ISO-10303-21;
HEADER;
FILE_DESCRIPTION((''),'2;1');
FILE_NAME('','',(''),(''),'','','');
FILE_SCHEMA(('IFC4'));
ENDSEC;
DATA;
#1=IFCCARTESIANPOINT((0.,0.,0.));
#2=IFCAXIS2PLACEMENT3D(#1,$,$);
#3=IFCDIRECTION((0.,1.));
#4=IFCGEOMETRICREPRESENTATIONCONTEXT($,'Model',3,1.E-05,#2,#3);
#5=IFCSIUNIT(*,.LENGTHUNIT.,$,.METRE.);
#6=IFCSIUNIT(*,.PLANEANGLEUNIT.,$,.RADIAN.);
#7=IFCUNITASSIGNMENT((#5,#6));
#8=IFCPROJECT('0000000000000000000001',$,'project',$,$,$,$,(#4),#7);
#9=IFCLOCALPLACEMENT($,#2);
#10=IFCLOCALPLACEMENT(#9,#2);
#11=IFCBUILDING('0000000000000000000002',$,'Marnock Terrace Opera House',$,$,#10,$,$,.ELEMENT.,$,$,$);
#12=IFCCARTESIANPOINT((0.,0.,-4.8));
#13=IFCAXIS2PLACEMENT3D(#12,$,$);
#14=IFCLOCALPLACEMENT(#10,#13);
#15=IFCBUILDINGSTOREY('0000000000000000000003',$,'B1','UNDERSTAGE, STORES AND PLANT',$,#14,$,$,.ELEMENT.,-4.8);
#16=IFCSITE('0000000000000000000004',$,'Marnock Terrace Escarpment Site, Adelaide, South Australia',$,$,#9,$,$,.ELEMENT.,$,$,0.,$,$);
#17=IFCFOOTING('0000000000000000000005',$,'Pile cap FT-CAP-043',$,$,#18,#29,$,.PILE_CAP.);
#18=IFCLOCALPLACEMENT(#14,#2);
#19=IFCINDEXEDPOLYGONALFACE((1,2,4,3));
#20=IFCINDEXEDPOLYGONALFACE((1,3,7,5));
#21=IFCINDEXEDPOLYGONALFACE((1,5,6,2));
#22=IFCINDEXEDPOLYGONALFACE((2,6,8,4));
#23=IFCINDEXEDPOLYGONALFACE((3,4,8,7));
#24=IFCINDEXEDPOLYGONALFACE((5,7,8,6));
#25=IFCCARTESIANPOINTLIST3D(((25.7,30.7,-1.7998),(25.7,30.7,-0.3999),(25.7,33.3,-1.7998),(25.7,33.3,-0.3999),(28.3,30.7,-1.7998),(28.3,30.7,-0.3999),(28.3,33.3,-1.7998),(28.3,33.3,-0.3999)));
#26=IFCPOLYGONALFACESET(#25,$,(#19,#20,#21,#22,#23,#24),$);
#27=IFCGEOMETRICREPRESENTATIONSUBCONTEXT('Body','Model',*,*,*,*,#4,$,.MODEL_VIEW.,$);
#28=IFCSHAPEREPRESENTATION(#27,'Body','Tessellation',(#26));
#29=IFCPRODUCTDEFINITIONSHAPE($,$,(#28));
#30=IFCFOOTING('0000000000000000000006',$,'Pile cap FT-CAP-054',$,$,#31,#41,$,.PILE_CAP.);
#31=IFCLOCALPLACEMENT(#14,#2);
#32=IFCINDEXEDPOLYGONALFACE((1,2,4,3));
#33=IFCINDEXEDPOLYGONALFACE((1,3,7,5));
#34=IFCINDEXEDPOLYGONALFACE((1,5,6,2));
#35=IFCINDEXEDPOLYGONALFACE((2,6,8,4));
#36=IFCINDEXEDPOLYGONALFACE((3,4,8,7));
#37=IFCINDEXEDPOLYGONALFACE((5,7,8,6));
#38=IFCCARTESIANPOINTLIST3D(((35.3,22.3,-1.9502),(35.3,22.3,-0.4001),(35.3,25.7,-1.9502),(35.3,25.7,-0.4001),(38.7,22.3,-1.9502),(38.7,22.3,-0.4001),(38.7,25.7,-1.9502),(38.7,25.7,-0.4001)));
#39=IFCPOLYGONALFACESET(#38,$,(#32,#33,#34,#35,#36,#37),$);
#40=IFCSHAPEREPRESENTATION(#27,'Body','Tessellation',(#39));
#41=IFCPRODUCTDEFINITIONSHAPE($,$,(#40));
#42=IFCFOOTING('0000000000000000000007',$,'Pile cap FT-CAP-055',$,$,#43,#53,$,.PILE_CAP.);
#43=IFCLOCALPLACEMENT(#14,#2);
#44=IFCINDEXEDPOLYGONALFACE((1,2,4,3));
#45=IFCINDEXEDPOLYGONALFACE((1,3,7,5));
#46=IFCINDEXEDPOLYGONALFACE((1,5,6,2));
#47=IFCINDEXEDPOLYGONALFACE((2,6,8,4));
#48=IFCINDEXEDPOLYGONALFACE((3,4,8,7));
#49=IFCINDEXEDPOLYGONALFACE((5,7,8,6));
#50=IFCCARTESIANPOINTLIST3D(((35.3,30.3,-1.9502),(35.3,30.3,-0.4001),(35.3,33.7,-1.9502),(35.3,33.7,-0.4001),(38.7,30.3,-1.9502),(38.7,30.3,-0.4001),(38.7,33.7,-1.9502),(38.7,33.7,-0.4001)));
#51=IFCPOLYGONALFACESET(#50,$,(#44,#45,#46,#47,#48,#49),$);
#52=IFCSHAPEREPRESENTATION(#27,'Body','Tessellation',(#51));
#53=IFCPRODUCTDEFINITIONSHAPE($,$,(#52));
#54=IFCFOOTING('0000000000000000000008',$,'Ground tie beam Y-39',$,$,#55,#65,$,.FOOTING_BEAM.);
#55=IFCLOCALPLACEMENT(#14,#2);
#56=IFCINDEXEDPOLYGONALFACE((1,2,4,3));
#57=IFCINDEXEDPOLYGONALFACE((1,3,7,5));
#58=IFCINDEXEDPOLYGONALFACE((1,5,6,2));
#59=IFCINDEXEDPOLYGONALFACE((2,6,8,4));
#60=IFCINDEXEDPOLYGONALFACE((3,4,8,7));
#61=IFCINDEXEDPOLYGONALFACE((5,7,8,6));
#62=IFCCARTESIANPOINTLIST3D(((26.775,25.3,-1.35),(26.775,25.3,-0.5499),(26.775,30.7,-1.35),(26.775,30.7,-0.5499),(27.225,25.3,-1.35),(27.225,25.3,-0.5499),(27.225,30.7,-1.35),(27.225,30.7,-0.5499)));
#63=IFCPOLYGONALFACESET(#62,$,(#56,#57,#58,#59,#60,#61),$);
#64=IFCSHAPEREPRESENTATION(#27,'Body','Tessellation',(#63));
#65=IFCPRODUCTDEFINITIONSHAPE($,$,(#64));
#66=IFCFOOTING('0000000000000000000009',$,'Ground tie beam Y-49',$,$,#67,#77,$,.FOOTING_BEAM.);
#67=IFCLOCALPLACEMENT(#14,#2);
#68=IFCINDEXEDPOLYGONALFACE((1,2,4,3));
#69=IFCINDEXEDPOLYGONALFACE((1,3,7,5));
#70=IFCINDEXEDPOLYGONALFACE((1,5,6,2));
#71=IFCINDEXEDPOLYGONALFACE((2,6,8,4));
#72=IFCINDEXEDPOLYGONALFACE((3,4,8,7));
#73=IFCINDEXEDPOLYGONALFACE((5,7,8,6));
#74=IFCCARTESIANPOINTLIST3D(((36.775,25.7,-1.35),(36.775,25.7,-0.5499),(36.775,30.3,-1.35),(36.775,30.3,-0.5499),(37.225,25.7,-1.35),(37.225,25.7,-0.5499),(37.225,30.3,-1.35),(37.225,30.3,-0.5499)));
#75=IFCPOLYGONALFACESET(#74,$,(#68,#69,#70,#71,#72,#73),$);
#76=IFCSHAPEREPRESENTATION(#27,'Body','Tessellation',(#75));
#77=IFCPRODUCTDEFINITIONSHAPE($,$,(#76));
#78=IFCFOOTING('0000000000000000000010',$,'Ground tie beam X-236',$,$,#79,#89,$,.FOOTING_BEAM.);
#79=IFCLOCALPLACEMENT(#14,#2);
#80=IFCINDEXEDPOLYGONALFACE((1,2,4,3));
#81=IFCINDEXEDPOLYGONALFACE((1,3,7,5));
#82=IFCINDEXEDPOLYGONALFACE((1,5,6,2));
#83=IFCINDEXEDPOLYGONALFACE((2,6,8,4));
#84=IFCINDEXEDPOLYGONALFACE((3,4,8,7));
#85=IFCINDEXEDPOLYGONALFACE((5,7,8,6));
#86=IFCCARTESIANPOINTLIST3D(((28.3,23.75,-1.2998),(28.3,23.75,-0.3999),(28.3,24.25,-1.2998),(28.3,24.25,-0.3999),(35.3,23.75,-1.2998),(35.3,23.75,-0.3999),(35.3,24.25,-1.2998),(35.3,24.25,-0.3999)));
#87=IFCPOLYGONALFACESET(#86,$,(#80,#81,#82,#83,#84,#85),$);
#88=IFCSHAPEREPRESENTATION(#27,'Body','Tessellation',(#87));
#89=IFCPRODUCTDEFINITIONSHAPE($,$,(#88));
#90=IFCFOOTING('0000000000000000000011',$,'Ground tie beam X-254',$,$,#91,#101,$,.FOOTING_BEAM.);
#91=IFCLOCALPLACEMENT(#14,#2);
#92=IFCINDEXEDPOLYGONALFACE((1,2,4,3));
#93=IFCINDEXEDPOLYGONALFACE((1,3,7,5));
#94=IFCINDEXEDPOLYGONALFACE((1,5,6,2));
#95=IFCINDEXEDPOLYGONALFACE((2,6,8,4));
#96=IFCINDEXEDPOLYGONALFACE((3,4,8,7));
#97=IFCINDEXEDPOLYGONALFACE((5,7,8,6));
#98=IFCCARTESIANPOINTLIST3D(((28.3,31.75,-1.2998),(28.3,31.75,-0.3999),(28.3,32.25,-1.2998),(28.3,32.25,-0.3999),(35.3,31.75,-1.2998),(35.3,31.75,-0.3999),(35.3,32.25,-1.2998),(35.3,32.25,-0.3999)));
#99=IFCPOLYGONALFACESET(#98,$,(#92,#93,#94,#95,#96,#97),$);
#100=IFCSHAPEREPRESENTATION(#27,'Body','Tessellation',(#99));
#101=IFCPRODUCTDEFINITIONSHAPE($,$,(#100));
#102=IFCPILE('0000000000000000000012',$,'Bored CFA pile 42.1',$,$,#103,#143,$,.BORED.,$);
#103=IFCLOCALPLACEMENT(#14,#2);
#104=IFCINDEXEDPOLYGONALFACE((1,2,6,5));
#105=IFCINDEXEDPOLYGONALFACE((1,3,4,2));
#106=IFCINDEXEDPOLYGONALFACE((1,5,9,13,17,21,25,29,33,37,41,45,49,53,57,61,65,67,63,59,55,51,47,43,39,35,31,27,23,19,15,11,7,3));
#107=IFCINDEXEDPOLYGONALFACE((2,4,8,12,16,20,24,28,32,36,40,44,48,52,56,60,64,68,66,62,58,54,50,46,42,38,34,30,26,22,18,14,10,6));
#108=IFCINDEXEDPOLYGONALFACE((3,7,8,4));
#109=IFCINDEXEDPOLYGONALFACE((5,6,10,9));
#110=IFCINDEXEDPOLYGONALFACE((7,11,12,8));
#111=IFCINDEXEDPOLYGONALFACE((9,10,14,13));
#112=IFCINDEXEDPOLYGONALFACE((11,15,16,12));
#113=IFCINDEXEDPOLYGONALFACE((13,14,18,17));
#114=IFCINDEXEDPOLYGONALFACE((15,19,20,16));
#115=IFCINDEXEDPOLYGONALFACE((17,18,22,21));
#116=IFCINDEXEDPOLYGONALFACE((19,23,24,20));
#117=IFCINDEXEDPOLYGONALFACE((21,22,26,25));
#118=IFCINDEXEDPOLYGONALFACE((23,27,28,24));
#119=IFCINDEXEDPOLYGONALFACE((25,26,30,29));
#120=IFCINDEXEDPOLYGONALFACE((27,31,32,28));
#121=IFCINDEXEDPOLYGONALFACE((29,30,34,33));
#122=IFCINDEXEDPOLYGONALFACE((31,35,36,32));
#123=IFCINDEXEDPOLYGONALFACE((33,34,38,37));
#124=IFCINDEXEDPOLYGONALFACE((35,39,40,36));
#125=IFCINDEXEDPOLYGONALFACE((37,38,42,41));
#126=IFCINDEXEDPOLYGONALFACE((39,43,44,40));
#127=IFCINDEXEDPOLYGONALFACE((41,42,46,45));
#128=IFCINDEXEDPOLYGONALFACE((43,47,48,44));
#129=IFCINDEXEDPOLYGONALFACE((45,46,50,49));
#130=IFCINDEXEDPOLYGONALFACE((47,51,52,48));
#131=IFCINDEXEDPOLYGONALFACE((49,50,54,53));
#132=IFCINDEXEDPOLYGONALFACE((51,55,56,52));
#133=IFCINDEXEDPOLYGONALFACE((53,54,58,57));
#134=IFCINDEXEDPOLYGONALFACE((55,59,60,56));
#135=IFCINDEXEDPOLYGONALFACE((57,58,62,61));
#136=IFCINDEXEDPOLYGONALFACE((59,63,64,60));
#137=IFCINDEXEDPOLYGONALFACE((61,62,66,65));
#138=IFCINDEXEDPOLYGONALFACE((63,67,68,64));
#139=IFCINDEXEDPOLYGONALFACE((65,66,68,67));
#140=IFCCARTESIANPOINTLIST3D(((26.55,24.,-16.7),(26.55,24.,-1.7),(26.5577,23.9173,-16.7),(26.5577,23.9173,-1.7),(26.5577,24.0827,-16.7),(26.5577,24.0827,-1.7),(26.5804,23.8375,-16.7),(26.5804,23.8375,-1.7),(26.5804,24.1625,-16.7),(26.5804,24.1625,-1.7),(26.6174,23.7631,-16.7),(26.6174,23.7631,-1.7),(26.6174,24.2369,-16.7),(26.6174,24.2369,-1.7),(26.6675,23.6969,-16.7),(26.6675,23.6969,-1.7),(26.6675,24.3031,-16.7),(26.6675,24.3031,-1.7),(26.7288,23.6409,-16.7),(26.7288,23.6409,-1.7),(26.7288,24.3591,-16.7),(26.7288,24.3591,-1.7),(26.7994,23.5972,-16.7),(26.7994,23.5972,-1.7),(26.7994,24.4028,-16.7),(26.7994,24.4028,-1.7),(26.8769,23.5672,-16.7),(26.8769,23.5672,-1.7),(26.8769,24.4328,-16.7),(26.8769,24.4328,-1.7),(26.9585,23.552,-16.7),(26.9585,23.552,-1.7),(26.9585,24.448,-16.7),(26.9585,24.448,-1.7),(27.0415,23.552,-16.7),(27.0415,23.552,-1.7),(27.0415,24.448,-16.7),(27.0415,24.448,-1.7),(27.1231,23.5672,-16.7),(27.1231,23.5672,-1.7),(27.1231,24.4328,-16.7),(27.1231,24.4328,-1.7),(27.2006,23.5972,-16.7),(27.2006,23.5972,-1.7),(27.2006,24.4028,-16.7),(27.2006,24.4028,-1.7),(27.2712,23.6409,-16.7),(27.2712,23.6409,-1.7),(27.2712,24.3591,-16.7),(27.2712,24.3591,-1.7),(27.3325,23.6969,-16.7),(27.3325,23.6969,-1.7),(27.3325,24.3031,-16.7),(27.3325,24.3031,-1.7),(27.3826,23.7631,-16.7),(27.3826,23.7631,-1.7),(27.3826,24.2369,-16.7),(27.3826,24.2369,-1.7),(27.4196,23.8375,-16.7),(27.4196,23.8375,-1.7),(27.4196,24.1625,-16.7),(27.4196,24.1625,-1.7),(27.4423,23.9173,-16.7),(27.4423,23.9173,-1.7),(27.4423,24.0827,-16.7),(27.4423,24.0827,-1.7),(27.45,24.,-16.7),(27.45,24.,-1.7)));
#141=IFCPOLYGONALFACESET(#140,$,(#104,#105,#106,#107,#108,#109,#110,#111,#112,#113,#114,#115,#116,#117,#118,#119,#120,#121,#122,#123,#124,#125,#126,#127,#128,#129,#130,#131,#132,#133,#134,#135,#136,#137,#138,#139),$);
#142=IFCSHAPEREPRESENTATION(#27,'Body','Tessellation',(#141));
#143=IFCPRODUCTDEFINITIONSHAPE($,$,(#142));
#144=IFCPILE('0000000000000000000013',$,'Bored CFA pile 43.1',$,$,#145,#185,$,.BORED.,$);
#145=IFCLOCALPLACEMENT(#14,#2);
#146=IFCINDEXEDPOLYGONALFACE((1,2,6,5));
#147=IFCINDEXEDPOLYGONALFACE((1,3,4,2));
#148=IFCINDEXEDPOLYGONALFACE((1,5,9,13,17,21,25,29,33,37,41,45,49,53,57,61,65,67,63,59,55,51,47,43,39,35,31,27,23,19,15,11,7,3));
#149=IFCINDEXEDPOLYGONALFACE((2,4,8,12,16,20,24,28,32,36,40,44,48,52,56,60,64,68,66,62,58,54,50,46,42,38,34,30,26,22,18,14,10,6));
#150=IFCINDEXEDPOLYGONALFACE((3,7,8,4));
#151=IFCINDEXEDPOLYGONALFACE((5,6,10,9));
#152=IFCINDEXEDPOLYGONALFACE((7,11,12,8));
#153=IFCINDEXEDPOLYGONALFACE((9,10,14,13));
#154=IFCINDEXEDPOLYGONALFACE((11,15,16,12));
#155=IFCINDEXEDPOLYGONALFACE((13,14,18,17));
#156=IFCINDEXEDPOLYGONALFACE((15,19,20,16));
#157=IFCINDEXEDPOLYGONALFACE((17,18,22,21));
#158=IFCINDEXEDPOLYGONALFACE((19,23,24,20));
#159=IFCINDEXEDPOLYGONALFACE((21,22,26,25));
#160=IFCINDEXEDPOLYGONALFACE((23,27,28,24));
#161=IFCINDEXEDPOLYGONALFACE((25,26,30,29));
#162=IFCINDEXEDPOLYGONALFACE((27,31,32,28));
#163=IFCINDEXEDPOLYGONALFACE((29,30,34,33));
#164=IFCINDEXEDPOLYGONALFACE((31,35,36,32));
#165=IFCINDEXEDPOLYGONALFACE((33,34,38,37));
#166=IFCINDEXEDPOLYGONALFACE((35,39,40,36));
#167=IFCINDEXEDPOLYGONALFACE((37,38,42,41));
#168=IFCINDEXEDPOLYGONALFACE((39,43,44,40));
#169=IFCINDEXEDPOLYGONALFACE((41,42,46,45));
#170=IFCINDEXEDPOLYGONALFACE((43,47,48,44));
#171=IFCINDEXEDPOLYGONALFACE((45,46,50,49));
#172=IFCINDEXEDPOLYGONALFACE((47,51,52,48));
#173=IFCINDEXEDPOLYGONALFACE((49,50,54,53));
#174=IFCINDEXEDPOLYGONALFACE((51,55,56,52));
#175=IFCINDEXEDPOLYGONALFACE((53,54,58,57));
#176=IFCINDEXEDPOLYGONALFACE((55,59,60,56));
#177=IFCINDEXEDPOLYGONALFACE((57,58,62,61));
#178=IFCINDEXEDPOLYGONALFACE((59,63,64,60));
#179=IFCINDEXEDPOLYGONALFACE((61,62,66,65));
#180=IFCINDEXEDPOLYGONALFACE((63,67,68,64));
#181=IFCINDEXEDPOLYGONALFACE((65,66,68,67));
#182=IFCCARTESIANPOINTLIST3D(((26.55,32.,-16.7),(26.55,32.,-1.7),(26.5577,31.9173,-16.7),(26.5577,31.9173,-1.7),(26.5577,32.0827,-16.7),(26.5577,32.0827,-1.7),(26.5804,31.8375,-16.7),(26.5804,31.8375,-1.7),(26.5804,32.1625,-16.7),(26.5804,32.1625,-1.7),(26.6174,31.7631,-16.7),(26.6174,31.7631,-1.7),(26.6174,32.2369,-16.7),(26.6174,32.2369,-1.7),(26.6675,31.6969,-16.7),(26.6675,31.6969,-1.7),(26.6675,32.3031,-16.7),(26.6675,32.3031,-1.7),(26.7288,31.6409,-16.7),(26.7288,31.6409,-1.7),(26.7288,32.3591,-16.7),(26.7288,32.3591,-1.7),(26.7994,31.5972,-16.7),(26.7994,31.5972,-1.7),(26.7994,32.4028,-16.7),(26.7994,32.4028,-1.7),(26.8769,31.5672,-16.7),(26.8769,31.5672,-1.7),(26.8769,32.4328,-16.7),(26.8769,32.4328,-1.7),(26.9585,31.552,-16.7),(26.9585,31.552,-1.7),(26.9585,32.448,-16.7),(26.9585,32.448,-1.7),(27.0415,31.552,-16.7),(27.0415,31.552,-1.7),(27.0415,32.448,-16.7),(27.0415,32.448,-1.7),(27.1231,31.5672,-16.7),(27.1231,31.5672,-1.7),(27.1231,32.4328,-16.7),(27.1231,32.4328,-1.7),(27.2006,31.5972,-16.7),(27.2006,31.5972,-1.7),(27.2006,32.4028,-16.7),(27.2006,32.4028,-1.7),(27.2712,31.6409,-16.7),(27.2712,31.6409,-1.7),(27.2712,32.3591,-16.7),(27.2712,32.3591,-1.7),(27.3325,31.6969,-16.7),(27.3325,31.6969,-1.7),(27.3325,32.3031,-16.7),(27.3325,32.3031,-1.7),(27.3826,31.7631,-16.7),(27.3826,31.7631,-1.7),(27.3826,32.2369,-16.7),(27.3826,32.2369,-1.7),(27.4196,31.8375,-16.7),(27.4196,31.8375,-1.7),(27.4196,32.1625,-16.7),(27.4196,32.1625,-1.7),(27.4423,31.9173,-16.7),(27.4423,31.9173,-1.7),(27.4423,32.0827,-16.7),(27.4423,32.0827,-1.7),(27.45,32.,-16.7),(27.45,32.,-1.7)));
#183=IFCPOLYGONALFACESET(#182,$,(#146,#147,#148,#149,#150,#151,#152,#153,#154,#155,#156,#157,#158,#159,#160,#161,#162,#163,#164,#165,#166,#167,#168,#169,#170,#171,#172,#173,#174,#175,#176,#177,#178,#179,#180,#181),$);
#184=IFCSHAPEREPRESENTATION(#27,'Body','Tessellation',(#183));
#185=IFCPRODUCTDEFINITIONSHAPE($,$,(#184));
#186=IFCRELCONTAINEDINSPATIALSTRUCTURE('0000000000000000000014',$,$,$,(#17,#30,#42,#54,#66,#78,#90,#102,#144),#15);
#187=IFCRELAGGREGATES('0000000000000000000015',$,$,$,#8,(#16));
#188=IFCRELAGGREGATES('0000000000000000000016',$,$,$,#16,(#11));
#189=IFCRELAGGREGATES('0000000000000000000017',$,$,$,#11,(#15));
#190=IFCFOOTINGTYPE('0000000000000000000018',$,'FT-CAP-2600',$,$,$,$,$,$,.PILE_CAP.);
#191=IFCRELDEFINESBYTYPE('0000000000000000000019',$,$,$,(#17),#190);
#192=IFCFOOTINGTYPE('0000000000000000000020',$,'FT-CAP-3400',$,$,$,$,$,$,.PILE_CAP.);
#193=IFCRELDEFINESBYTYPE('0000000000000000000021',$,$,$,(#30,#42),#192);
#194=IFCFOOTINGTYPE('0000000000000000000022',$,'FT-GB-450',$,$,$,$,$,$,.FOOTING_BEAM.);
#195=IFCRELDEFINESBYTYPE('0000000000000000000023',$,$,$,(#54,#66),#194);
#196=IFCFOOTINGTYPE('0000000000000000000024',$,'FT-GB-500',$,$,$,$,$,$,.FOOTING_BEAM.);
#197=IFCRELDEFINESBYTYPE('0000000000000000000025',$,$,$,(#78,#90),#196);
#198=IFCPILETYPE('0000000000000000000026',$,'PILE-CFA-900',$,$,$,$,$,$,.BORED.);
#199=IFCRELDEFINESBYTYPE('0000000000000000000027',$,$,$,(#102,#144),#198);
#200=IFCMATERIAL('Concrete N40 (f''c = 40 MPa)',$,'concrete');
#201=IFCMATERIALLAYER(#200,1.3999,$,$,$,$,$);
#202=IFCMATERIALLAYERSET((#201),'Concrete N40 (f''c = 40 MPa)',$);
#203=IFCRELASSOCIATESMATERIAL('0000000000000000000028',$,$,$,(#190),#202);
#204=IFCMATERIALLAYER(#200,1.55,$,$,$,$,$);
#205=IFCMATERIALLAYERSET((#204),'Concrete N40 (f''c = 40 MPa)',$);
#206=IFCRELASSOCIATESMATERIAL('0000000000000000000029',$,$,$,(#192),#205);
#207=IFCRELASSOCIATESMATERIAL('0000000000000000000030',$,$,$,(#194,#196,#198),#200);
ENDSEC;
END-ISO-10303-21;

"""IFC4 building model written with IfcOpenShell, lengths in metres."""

from ifc_helpers import new_model, si_unit, direction, frame, origin, origin_2d, place, context, subcontext, project, spatial, rectangle, circle, extrude, material, layer, layer_set, material_profile, profile_set, type_object, element, save


model = new_model("IFC4")

# Units and contexts
model_context = context("Model", 3, precision=1e-05, world=origin(), true_north=direction((0.0, 1.0)))
body_context = subcontext(model_context, "Body", "Model", "MODEL_VIEW")
ifc_project = project(units=[si_unit("LENGTHUNIT", "METRE"), si_unit("PLANEANGLEUNIT", "RADIAN")], contexts=[model_context])

# Site, building, storey
site_placement = place(None, origin())
site = spatial("IfcSite", under=ifc_project, at=site_placement, Name="Marnock Terrace Escarpment Site, Adelaide, South Australia", CompositionType="ELEMENT", RefElevation=0.0)
building_placement = place(site_placement, origin())
building = spatial("IfcBuilding", under=site, at=building_placement, Name="Marnock Terrace Opera House", CompositionType="ELEMENT")
storey_placement = place(building_placement, frame((0.0, 0.0, -4.8)))
storey = spatial("IfcBuildingStorey", under=building, at=storey_placement, Name="B1", Description="UNDERSTAGE, STORES AND PLANT", CompositionType="ELEMENT", Elevation=-4.8)

# Footings
ifc_material_1 = material(Name="Concrete N40 (f'c = 40 MPa)", Category="concrete")
ifc_layer_1 = layer(ifc_material_1, 1.3999)
ifc_layer_set_1 = layer_set([ifc_layer_1], Name="Concrete N40 (f'c = 40 MPa)")
footing_type_1 = type_object("IfcFootingType", Name="FT-CAP-2600", PredefinedType="PILE_CAP", material=ifc_layer_set_1)
footing_1_placement = place(storey_placement, frame((27.0, 32.0, -1.7998), z_axis=(0.0, 0.0, 1.0), x_axis=(1.0, 0.0, 0.0)))
element("IfcFooting", 1, at=footing_1_placement, inside=storey, type_object=footing_type_1, Name="Pile cap FT-CAP-043", PredefinedType="PILE_CAP", context=body_context, shape_type="SweptSolid", body=[
    extrude(rectangle(XDim=2.6001, YDim=2.6001, at=origin_2d()), origin(), (0.0, 0.0, 1.0), 1.3999),
])
ifc_layer_2 = layer(ifc_material_1, 1.55)
ifc_layer_set_2 = layer_set([ifc_layer_2], Name="Concrete N40 (f'c = 40 MPa)")
footing_type_2 = type_object("IfcFootingType", Name="FT-CAP-3400", PredefinedType="PILE_CAP", material=ifc_layer_set_2)
for number, where, z_axis, x_axis, name in (
    (2, (37.0, 24.0, -1.9502), (0.0, 0.0, 1.0), (1.0, 0.0, 0.0), "Pile cap FT-CAP-054"),
    (3, (37.0, 32.0, -1.9502), (0.0, 0.0, 1.0), (1.0, 0.0, 0.0), "Pile cap FT-CAP-055"),
):
    element("IfcFooting", number, at=place(storey_placement, frame(where, z_axis=z_axis, x_axis=x_axis)), inside=storey, type_object=footing_type_2, Name=name, PredefinedType="PILE_CAP", context=body_context, shape_type="SweptSolid", body=[
        extrude(rectangle(XDim=3.3999, YDim=3.3999, at=origin_2d()), origin(), (0.0, 0.0, 1.0), 1.55),
    ])
ifc_material_profile_1 = material_profile(ifc_material_1, rectangle(XDim=0.45, YDim=0.8, at=origin_2d()))
ifc_profile_set_1 = profile_set([ifc_material_profile_1], Name="Concrete N40 (f'c = 40 MPa)")
footing_type_3 = type_object("IfcFootingType", Name="FT-GB-450", PredefinedType="FOOTING_BEAM", material=ifc_profile_set_1)
footing_2_placement = place(storey_placement, frame((27.0, 25.3, -0.95), z_axis=(0.0, 1.0, 0.0), x_axis=(-1.0, 0.0, 0.0)))
element("IfcFooting", 4, at=footing_2_placement, inside=storey, type_object=footing_type_3, Name="Ground tie beam Y-39", PredefinedType="FOOTING_BEAM", context=body_context, shape_type="SweptSolid", body=[
    extrude(rectangle(XDim=0.45, YDim=0.8, at=origin_2d()), origin(), (0.0, 0.0, 1.0), 5.3999),
])
footing_3_placement = place(storey_placement, frame((37.0, 25.7, -0.95), z_axis=(0.0, 1.0, 0.0), x_axis=(-1.0, 0.0, 0.0)))
element("IfcFooting", 5, at=footing_3_placement, inside=storey, type_object=footing_type_3, Name="Ground tie beam Y-49", PredefinedType="FOOTING_BEAM", context=body_context, shape_type="SweptSolid", body=[
    extrude(rectangle(XDim=0.45, YDim=0.8, at=origin_2d()), origin(), (0.0, 0.0, 1.0), 4.6001),
])
ifc_material_profile_2 = material_profile(ifc_material_1, rectangle(XDim=0.5, YDim=0.8999, at=origin_2d()))
ifc_profile_set_2 = profile_set([ifc_material_profile_2], Name="Concrete N40 (f'c = 40 MPa)")
footing_type_4 = type_object("IfcFootingType", Name="FT-GB-500", PredefinedType="FOOTING_BEAM", material=ifc_profile_set_2)
for number, where, z_axis, x_axis, name in (
    (6, (28.3, 24.0, -0.8499), (1.0, 0.0, 0.0), (0.0, 1.0, 0.0), "Ground tie beam X-236"),
    (7, (28.3, 32.0, -0.8499), (1.0, 0.0, 0.0), (0.0, 1.0, 0.0), "Ground tie beam X-254"),
):
    element("IfcFooting", number, at=place(storey_placement, frame(where, z_axis=z_axis, x_axis=x_axis)), inside=storey, type_object=footing_type_4, Name=name, PredefinedType="FOOTING_BEAM", context=body_context, shape_type="SweptSolid", body=[
        extrude(rectangle(XDim=0.5, YDim=0.8999, at=origin_2d()), origin(), (0.0, 0.0, 1.0), 7.0),
    ])

# Piles
ifc_material_profile_3 = material_profile(ifc_material_1, circle(Radius=0.45, at=origin_2d()))
ifc_profile_set_3 = profile_set([ifc_material_profile_3], Name="Concrete N40 (f'c = 40 MPa)")
pile_type = type_object("IfcPileType", Name="PILE-CFA-900", PredefinedType="BORED", material=ifc_profile_set_3)
for number, where, z_axis, x_axis, name in (
    (8, (27.0, 24.0, -1.7), (0.0, 0.0, -1.0), (1.0, 0.0, 0.0), "Bored CFA pile 42.1"),
    (9, (27.0, 32.0, -1.7), (0.0, 0.0, -1.0), (1.0, 0.0, 0.0), "Bored CFA pile 43.1"),
):
    element("IfcPile", number, at=place(storey_placement, frame(where, z_axis=z_axis, x_axis=x_axis)), inside=storey, type_object=pile_type, Name=name, PredefinedType="BORED", context=body_context, shape_type="SweptSolid", body=[
        extrude(circle(Radius=0.45, at=origin_2d()), origin(), (0.0, 0.0, 1.0), 15.0),
    ])

save(model, "model.ifc")
